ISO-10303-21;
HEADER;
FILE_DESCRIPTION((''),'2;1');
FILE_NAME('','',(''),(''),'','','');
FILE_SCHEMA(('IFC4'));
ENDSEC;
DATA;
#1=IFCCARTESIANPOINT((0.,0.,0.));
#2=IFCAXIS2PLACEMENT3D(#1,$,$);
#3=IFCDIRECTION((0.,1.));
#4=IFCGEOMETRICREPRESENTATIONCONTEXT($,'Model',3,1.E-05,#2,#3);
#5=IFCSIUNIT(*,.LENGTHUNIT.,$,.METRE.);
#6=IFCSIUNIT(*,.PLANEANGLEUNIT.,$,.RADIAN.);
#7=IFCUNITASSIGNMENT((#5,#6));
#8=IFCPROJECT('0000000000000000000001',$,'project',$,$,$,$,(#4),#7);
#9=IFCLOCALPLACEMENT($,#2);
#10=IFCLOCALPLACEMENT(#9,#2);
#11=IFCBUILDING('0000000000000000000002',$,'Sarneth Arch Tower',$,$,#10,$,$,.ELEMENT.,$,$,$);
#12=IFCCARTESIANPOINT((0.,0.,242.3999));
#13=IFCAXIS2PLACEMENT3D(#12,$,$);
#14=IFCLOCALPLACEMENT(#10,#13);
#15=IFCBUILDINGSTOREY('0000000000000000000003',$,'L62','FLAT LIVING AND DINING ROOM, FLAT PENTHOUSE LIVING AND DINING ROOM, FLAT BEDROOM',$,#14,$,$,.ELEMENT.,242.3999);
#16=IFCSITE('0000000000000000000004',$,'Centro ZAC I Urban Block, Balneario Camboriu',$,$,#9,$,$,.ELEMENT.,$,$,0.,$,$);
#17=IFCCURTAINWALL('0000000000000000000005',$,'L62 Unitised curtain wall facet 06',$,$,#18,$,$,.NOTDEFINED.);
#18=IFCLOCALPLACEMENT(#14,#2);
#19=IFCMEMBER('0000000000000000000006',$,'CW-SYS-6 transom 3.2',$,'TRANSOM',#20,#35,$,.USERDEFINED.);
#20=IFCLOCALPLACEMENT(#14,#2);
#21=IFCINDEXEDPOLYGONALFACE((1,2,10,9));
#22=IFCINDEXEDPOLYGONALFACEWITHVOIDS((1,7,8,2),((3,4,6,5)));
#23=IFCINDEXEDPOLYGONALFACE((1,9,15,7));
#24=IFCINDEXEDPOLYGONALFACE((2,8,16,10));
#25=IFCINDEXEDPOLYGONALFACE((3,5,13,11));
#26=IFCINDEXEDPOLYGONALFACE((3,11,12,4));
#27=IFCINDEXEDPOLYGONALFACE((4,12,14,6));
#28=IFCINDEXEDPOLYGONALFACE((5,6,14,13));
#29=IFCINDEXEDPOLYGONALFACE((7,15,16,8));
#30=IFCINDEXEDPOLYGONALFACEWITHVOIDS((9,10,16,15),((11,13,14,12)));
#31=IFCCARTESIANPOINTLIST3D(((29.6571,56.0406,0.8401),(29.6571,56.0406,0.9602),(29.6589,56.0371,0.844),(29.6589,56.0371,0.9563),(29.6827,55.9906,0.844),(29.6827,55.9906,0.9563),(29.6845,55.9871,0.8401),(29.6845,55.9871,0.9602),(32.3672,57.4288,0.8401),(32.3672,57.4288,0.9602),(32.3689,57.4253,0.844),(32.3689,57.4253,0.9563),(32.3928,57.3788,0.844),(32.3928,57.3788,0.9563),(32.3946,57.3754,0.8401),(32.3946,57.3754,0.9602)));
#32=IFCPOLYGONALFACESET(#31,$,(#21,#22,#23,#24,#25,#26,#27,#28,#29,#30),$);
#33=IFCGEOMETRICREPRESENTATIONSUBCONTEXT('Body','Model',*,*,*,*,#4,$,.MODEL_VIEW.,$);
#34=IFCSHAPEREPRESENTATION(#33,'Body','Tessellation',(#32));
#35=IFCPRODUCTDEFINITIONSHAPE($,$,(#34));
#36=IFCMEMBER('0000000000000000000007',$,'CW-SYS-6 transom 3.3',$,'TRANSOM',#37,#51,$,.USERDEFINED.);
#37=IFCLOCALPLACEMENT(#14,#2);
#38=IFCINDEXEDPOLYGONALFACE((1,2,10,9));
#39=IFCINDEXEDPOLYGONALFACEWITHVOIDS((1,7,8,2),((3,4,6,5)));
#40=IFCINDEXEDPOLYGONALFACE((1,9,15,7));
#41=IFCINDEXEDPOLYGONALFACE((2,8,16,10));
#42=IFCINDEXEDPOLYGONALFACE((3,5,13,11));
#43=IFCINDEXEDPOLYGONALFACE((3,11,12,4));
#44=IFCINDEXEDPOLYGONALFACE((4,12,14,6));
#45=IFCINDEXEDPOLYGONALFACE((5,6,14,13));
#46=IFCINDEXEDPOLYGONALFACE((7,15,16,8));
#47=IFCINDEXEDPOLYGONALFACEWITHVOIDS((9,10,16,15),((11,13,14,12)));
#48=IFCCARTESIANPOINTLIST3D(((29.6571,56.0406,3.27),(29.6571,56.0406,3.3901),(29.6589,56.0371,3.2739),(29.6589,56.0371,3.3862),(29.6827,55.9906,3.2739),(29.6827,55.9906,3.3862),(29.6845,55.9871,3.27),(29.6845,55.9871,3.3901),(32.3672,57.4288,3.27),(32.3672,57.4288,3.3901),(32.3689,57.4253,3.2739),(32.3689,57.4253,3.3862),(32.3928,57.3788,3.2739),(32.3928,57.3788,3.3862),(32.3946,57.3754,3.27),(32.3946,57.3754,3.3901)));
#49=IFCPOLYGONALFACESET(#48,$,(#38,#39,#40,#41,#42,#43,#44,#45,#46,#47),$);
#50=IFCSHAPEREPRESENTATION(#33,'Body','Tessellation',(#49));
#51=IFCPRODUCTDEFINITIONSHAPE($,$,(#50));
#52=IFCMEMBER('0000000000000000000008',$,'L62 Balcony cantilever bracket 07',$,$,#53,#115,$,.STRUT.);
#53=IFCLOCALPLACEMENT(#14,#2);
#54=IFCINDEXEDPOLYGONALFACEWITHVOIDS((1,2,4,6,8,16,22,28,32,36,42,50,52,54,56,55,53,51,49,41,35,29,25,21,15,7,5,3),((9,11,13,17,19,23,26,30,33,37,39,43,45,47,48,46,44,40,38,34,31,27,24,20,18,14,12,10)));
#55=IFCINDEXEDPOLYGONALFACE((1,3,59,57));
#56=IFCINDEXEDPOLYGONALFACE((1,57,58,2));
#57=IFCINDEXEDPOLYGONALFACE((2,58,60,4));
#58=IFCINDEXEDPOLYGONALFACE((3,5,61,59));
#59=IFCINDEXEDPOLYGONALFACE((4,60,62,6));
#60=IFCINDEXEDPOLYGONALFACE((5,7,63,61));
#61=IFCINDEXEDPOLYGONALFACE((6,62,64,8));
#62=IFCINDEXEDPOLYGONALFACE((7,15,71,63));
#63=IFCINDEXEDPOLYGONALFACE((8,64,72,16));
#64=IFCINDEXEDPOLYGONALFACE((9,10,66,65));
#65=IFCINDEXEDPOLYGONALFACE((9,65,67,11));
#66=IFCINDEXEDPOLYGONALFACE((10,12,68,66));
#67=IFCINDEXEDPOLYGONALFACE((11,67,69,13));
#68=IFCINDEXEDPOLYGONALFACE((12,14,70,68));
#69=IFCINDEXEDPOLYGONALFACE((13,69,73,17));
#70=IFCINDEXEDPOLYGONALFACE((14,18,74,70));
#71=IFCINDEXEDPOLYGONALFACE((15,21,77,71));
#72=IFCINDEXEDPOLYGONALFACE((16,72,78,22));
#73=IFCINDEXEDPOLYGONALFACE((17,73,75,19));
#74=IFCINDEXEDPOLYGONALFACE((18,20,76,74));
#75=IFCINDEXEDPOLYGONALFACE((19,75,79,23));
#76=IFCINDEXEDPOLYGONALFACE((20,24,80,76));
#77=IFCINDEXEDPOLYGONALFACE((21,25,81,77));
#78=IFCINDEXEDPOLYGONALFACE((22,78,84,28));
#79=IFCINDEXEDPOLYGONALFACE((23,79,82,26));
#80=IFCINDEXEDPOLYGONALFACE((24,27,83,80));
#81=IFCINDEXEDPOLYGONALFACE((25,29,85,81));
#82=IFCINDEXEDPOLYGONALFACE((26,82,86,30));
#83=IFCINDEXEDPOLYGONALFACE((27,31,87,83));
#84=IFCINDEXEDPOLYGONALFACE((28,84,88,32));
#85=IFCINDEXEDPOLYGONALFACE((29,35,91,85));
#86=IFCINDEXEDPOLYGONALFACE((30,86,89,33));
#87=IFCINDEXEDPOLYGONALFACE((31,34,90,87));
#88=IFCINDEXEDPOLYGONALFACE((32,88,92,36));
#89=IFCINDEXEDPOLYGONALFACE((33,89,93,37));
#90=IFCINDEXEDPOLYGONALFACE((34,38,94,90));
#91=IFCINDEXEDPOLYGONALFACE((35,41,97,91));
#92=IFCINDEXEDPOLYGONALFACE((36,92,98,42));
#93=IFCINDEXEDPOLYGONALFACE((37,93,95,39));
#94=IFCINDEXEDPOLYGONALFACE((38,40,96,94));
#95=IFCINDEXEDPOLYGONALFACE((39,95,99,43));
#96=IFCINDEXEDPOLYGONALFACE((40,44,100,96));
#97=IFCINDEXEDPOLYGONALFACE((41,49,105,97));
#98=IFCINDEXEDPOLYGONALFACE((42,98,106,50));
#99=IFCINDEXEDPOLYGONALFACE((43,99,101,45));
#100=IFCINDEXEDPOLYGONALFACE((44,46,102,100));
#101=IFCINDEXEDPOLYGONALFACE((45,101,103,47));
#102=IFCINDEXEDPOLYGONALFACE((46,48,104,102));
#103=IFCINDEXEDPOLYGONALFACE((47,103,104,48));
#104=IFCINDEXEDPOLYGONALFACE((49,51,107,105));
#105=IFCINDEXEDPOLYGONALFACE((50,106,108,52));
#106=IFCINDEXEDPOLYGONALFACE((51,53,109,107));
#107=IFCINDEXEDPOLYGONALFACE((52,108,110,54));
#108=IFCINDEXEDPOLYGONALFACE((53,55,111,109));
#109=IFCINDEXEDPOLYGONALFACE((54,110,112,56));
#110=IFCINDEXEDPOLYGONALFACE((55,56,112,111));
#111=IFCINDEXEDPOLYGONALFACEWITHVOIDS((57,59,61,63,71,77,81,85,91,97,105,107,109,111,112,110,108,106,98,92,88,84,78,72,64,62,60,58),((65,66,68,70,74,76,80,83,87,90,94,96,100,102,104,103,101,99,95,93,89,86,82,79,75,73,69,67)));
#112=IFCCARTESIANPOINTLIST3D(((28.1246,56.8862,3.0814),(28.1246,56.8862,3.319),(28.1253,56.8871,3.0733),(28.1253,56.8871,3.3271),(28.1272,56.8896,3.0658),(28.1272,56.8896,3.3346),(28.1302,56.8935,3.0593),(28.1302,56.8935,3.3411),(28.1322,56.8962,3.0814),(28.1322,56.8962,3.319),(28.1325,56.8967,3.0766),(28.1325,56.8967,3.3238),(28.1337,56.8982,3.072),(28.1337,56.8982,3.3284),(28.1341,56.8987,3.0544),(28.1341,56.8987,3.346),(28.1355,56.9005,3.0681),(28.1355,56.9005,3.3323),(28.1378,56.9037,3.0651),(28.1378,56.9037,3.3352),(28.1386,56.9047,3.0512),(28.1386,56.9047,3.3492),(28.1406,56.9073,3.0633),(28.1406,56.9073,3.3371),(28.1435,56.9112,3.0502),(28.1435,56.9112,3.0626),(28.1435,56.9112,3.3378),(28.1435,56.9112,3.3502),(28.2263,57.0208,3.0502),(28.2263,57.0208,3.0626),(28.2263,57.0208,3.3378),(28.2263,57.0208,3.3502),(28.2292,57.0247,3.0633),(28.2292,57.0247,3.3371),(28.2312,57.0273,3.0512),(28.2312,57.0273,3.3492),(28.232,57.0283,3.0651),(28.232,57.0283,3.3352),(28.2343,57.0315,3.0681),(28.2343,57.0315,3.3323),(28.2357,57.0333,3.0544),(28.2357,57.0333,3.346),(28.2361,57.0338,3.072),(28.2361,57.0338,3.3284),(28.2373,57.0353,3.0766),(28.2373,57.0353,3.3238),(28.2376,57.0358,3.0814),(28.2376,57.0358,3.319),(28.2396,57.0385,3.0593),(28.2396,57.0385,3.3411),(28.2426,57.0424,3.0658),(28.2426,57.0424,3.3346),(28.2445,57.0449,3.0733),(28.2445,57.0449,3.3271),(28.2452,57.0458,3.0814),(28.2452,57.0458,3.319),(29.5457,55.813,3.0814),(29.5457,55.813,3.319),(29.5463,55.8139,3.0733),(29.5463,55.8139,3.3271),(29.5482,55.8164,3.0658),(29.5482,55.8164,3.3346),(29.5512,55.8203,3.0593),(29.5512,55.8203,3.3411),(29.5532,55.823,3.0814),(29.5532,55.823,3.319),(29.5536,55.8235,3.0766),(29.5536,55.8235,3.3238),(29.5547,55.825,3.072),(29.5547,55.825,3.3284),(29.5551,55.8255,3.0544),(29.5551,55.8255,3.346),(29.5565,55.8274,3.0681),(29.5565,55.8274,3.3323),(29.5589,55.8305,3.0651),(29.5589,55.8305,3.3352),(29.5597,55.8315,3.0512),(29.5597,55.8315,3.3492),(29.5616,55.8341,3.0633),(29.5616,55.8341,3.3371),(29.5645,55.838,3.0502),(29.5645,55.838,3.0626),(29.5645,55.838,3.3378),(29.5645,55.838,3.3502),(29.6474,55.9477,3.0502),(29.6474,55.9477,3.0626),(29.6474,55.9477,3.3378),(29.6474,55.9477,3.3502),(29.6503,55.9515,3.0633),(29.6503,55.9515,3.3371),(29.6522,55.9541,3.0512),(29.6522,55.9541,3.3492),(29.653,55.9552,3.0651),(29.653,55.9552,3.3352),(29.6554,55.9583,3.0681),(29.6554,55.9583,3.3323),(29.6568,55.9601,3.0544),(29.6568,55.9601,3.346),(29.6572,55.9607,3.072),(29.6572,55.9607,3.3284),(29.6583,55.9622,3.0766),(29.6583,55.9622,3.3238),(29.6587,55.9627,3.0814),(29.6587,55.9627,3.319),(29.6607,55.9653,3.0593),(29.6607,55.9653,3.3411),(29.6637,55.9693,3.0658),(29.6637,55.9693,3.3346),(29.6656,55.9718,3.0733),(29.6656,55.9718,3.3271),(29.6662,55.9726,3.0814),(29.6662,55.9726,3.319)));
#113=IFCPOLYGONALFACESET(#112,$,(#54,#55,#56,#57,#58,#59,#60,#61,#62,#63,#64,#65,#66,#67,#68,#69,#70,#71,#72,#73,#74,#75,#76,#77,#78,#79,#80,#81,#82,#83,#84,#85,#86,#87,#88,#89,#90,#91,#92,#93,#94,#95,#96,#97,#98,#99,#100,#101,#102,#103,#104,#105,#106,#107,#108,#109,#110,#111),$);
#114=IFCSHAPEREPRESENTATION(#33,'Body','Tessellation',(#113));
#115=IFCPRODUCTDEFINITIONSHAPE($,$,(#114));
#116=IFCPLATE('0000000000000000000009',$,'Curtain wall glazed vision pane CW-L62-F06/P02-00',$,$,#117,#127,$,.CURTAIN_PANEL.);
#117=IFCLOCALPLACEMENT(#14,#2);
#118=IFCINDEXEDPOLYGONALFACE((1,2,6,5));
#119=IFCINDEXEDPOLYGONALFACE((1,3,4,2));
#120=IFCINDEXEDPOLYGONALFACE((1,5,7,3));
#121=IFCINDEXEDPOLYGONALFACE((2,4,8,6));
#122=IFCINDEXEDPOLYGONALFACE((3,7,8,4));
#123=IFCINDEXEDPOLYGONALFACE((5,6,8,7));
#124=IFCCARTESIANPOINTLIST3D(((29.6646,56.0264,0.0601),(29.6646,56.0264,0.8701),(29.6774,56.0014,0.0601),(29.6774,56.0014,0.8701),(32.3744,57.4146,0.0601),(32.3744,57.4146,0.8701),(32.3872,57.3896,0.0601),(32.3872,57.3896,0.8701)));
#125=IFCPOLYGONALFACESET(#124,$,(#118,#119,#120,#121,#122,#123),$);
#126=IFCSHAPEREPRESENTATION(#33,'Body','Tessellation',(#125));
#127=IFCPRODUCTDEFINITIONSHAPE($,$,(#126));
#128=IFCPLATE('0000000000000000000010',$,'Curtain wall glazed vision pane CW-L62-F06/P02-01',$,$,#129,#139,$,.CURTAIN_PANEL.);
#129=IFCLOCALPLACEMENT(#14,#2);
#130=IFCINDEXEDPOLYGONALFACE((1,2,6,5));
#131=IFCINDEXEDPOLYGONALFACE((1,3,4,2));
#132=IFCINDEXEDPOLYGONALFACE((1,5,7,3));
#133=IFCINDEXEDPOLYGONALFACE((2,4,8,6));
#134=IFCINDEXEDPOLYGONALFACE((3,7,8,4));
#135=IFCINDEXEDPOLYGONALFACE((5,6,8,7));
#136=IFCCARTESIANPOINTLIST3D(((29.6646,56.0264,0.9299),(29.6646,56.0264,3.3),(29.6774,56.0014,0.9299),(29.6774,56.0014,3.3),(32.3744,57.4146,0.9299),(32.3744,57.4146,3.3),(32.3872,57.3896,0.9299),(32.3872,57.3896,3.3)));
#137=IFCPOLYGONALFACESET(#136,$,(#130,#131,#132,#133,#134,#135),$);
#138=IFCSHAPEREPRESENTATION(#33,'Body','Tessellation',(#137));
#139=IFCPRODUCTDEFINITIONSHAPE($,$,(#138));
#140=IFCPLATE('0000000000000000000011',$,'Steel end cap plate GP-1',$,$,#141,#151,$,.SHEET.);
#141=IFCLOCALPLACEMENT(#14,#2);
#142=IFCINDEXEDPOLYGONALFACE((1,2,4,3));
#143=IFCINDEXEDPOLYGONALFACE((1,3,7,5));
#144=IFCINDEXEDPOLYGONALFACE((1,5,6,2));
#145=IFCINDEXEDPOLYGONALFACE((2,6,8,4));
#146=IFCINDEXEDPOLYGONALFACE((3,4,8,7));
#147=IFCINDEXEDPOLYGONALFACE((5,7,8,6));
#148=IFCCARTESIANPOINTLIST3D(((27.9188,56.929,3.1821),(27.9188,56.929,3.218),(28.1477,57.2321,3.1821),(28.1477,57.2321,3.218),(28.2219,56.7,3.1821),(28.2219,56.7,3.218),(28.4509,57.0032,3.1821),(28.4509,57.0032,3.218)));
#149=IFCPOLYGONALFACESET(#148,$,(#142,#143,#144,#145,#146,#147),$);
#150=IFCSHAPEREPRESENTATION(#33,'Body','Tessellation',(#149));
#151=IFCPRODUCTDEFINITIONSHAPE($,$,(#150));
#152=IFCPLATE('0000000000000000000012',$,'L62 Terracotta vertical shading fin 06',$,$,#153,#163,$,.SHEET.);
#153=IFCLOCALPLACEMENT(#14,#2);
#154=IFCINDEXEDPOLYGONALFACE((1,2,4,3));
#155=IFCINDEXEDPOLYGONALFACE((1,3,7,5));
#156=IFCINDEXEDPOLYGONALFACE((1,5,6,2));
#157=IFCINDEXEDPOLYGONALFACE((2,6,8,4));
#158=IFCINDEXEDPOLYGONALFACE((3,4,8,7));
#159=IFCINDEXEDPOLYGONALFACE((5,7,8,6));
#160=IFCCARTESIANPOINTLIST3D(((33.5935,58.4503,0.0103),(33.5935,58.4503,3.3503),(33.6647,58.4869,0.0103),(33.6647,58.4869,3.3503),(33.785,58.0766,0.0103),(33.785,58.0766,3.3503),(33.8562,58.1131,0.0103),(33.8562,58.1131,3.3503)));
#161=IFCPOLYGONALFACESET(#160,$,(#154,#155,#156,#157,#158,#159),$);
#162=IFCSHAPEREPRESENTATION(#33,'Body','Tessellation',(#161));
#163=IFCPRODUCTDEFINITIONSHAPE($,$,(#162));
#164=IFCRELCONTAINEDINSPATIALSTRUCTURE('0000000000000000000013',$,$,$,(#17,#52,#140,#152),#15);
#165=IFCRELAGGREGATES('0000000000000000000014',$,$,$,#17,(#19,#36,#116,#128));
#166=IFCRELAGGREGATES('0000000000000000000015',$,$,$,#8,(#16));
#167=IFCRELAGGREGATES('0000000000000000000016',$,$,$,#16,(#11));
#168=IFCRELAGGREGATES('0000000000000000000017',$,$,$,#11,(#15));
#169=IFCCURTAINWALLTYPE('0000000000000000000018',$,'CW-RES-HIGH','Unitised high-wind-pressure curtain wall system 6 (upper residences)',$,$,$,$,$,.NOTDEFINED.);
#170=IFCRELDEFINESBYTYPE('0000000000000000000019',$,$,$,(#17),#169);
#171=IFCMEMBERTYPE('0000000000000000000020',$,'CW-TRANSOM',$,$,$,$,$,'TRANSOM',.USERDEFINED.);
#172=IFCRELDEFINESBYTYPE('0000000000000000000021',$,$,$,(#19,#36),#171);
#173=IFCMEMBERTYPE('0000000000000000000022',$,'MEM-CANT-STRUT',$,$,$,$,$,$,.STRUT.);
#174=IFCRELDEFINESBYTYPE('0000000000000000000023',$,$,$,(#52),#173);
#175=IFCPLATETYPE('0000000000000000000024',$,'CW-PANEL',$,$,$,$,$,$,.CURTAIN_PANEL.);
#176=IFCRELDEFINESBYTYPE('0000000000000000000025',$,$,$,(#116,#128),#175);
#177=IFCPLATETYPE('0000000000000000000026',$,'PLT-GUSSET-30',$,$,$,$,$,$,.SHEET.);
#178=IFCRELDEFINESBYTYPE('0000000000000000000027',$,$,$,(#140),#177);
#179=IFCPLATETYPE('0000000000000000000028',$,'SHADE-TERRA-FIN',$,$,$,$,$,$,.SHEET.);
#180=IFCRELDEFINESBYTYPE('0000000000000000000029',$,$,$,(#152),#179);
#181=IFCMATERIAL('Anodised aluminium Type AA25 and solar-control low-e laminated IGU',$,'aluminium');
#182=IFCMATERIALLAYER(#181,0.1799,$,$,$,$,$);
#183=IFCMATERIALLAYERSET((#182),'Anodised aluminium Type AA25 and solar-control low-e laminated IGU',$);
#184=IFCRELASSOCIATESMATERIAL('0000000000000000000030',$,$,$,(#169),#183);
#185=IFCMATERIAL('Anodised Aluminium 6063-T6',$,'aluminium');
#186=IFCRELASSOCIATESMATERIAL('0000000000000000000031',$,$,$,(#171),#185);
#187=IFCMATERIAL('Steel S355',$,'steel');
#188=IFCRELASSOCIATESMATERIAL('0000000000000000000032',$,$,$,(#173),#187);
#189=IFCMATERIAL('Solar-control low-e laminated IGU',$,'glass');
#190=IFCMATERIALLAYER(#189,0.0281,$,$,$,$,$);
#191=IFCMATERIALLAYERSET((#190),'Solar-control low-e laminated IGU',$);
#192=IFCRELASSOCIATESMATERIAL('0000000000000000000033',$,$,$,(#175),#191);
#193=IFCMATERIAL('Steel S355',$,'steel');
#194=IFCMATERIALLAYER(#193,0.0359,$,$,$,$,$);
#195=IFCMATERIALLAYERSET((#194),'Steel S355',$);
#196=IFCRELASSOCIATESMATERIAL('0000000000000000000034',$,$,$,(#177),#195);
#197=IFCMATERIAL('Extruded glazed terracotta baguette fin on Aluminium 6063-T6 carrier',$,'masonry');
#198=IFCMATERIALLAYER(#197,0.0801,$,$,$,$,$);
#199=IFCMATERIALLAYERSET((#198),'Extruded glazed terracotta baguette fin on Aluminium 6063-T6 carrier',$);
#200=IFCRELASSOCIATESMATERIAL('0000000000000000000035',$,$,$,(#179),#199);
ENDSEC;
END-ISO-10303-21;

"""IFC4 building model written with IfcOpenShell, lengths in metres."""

from ifc_helpers import new_model, si_unit, direction, frame, origin, origin_2d, place, context, subcontext, project, spatial, rectangle, hollow_rectangle, extrude, material, layer, layer_set, material_profile, profile_set, type_object, element, aggregate, save


model = new_model("IFC4")

# Units and contexts
model_context = context("Model", 3, precision=1e-05, world=origin(), true_north=direction((0.0, 1.0)))
body_context = subcontext(model_context, "Body", "Model", "MODEL_VIEW")
ifc_project = project(units=[si_unit("LENGTHUNIT", "METRE"), si_unit("PLANEANGLEUNIT", "RADIAN")], contexts=[model_context])

# Site, building, storey
site_placement = place(None, origin())
site = spatial("IfcSite", under=ifc_project, at=site_placement, Name="Centro ZAC I Urban Block, Balneario Camboriu", CompositionType="ELEMENT", RefElevation=0.0)
building_placement = place(site_placement, origin())
building = spatial("IfcBuilding", under=site, at=building_placement, Name="Sarneth Arch Tower", CompositionType="ELEMENT")
storey_placement = place(building_placement, frame((0.0, 0.0, 242.3999)))
storey = spatial("IfcBuildingStorey", under=building, at=storey_placement, Name="L62", Description="FLAT LIVING AND DINING ROOM, FLAT PENTHOUSE LIVING AND DINING ROOM, FLAT BEDROOM", CompositionType="ELEMENT", Elevation=242.3999)

# Curtain wall, members
ifc_material_1 = material(Name="Anodised aluminium Type AA25 and solar-control low-e laminated IGU", Category="aluminium")
ifc_layer_1 = layer(ifc_material_1, 0.1799)
ifc_layer_set_1 = layer_set([ifc_layer_1], Name="Anodised aluminium Type AA25 and solar-control low-e laminated IGU")
curtain_wall_type = type_object("IfcCurtainWallType", Name="CW-RES-HIGH", Description="Unitised high-wind-pressure curtain wall system 6 (upper residences)", PredefinedType="NOTDEFINED", material=ifc_layer_set_1)
curtain_wall_placement = place(storey_placement, origin())
curtain_wall = element("IfcCurtainWall", 1, at=curtain_wall_placement, inside=storey, type_object=curtain_wall_type, Name="L62 Unitised curtain wall facet 06", PredefinedType="NOTDEFINED")
ifc_material_2 = material(Name="Anodised Aluminium 6063-T6", Category="aluminium")
ifc_material_profile_1 = material_profile(ifc_material_2, hollow_rectangle(XDim=0.0601, YDim=0.1201, WallThickness=0.0039, at=origin_2d()), Name="AL-TRAN-120x60x4")
ifc_profile_set_1 = profile_set([ifc_material_profile_1], Name="Anodised Aluminium 6063-T6")
member_type_1 = type_object("IfcMemberType", Name="CW-TRANSOM", ElementType="TRANSOM", PredefinedType="USERDEFINED", material=ifc_profile_set_1)
member_1_placement = place(storey_placement, frame((32.3809, 57.4021, 0.9001), z_axis=(-0.890023, -0.455916, 0.0), x_axis=(0.455916, -0.890023, 0.0)))
member_1 = element("IfcMember", 2, at=member_1_placement, type_object=member_type_1, Name="CW-SYS-6 transom 3.2", ObjectType="TRANSOM", PredefinedType="USERDEFINED", context=body_context, shape_type="SweptSolid", body=[
    extrude(hollow_rectangle(XDim=0.0601, YDim=0.1201, WallThickness=0.0039, at=origin_2d()), origin(), (0.0, 0.0, 1.0), 3.0449),
])
member_2_placement = place(storey_placement, frame((32.3809, 57.4021, 3.3301), z_axis=(-0.890023, -0.455916, 0.0), x_axis=(0.455916, -0.890023, 0.0)))
member_2 = element("IfcMember", 3, at=member_2_placement, type_object=member_type_1, Name="CW-SYS-6 transom 3.3", ObjectType="TRANSOM", PredefinedType="USERDEFINED", context=body_context, shape_type="SweptSolid", body=[
    extrude(hollow_rectangle(XDim=0.0601, YDim=0.1201, WallThickness=0.0039, at=origin_2d()), origin(), (0.0, 0.0, 1.0), 3.0449),
])

# Member
ifc_material_3 = material(Name="Steel S355", Category="steel")
ifc_material_profile_2 = material_profile(ifc_material_3, hollow_rectangle(XDim=0.2, YDim=0.3, WallThickness=0.0125, InnerFilletRadius=0.0188, OuterFilletRadius=0.0312, at=origin_2d()), Name="RHS300x200x12.5")
ifc_profile_set_2 = profile_set([ifc_material_profile_2], Name="Steel S355")
member_type_2 = type_object("IfcMemberType", Name="MEM-CANT-STRUT", PredefinedType="STRUT", material=ifc_profile_set_2)
member_3_placement = place(storey_placement, frame((29.606, 55.8928, 3.2002), z_axis=(-0.798005, 0.602651, 0.0), x_axis=(-0.602651, -0.798005, 0.0)))
element("IfcMember", 4, at=member_3_placement, inside=storey, type_object=member_type_2, Name="L62 Balcony cantilever bracket 07", PredefinedType="STRUT", context=body_context, shape_type="SweptSolid", body=[
    extrude(hollow_rectangle(XDim=0.2, YDim=0.3, WallThickness=0.0125, InnerFilletRadius=0.0188, OuterFilletRadius=0.0312, at=origin_2d()), origin(), (0.0, 0.0, 1.0), 1.7808),
])

# Plates
ifc_material_4 = material(Name="Solar-control low-e laminated IGU", Category="glass")
ifc_layer_2 = layer(ifc_material_4, 0.0281)
ifc_layer_set_2 = layer_set([ifc_layer_2], Name="Solar-control low-e laminated IGU")
plate_type_1 = type_object("IfcPlateType", Name="CW-PANEL", PredefinedType="CURTAIN_PANEL", material=ifc_layer_set_2)
plate_1_placement = place(storey_placement, frame((31.0259, 56.708, 0.0601), z_axis=(0.0, 0.0, 1.0), x_axis=(-0.89001, -0.455942, 0.0)))
plate_1 = element("IfcPlate", 5, at=plate_1_placement, type_object=plate_type_1, Name="Curtain wall glazed vision pane CW-L62-F06/P02-00", PredefinedType="CURTAIN_PANEL", context=body_context, shape_type="SweptSolid", body=[
    extrude(rectangle(XDim=3.0447, YDim=0.0281, at=origin_2d()), origin(), (0.0, 0.0, 1.0), 0.8101),
])
plate_2_placement = place(storey_placement, frame((31.0259, 56.708, 0.9299), z_axis=(0.0, 0.0, 1.0), x_axis=(-0.89001, -0.455942, 0.0)))
plate_2 = element("IfcPlate", 6, at=plate_2_placement, type_object=plate_type_1, Name="Curtain wall glazed vision pane CW-L62-F06/P02-01", PredefinedType="CURTAIN_PANEL", context=body_context, shape_type="SweptSolid", body=[
    extrude(rectangle(XDim=3.0447, YDim=0.0281, at=origin_2d()), origin(), (0.0, 0.0, 1.0), 2.3701),
])
aggregate(curtain_wall, [member_1, member_2, plate_1, plate_2])

# Plates
ifc_material_5 = material(Name="Steel S355", Category="steel")
ifc_layer_3 = layer(ifc_material_5, 0.0359)
ifc_layer_set_3 = layer_set([ifc_layer_3], Name="Steel S355")
plate_type_2 = type_object("IfcPlateType", Name="PLT-GUSSET-30", PredefinedType="SHEET", material=ifc_layer_set_3)
plate_3_placement = place(storey_placement, frame((28.1848, 56.9661, 3.1821), z_axis=(0.0, 0.0, 1.0), x_axis=(-0.798005, 0.602651, 0.0)))
element("IfcPlate", 7, at=plate_3_placement, inside=storey, type_object=plate_type_2, Name="Steel end cap plate GP-1", PredefinedType="SHEET", context=body_context, shape_type="SweptSolid", body=[
    extrude(rectangle(XDim=0.3799, YDim=0.3799, at=origin_2d()), origin(), (0.0, 0.0, 1.0), 0.0359),
])
ifc_material_6 = material(Name="Extruded glazed terracotta baguette fin on Aluminium 6063-T6 carrier", Category="masonry")
ifc_layer_4 = layer(ifc_material_6, 0.0801)
ifc_layer_set_4 = layer_set([ifc_layer_4], Name="Extruded glazed terracotta baguette fin on Aluminium 6063-T6 carrier")
plate_type_3 = type_object("IfcPlateType", Name="SHADE-TERRA-FIN", PredefinedType="SHEET", material=ifc_layer_set_4)
plate_4_placement = place(storey_placement, frame((33.7249, 58.2817, 0.0103), z_axis=(0.0, 0.0, 1.0), x_axis=(-0.456011, 0.889974, 0.0)))
element("IfcPlate", 8, at=plate_4_placement, inside=storey, type_object=plate_type_3, Name="L62 Terracotta vertical shading fin 06", PredefinedType="SHEET", context=body_context, shape_type="SweptSolid", body=[
    extrude(rectangle(XDim=0.4199, YDim=0.0801, at=origin_2d()), origin(), (0.0, 0.0, 1.0), 3.3401),
])

save(model, "model.ifc")
